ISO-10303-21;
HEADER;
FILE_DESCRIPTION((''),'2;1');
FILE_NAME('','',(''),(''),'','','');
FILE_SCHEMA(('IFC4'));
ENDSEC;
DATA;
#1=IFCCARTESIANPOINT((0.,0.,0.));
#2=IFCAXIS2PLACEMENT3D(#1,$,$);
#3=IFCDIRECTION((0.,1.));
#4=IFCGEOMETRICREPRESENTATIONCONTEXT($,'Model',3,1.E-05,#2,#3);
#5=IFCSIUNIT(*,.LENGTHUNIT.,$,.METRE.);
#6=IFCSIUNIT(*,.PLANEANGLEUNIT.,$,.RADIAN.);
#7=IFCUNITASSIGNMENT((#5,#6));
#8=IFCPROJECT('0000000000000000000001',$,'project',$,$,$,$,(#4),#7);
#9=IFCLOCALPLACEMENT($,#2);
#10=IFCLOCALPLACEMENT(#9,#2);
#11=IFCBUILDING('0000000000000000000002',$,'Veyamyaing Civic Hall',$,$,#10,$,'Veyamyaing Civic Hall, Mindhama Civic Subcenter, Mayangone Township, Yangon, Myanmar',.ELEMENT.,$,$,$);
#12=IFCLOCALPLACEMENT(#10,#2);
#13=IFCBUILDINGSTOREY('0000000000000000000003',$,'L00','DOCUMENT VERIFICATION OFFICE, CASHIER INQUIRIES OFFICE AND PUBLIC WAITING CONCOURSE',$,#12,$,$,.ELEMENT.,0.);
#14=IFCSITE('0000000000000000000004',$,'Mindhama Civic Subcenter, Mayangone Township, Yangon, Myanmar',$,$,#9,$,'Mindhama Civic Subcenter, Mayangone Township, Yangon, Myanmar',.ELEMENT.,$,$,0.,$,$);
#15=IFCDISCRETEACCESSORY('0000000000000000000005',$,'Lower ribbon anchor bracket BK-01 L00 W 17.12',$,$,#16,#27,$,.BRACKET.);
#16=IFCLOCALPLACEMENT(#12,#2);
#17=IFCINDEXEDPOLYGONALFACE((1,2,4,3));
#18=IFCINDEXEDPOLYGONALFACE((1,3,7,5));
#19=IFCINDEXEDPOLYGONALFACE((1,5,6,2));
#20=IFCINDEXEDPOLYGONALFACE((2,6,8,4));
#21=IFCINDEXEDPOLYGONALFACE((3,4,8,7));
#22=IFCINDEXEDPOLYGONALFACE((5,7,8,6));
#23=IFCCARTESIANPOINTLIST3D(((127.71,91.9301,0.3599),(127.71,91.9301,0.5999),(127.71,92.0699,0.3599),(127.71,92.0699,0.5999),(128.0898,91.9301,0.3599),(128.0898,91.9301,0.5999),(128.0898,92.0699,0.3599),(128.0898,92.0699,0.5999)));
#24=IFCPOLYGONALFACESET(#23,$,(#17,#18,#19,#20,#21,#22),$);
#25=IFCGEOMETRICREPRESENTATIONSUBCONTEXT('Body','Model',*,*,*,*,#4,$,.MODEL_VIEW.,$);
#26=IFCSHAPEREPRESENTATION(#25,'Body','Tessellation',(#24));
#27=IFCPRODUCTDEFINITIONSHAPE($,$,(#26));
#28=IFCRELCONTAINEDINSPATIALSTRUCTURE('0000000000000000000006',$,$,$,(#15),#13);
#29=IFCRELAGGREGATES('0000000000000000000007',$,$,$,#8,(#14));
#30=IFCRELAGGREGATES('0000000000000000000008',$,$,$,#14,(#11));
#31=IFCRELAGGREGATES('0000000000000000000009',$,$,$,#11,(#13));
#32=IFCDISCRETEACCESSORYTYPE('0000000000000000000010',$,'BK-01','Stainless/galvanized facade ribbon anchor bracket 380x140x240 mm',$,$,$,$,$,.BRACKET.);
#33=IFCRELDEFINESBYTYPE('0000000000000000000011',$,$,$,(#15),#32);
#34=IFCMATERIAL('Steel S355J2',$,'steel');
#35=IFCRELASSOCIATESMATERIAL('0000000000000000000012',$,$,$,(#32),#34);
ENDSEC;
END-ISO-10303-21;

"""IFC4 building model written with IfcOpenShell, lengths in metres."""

from ifc_helpers import new_model, si_unit, direction, frame, origin, origin_2d, place, context, subcontext, project, spatial, rectangle, extrude, material, type_object, element, save


model = new_model("IFC4")

# Units and contexts
model_context = context("Model", 3, precision=1e-05, world=origin(), true_north=direction((0.0, 1.0)))
body_context = subcontext(model_context, "Body", "Model", "MODEL_VIEW")
ifc_project = project(units=[si_unit("LENGTHUNIT", "METRE"), si_unit("PLANEANGLEUNIT", "RADIAN")], contexts=[model_context])

# Site, building, storey
site_placement = place(None, origin())
site = spatial("IfcSite", under=ifc_project, at=site_placement, Name="Mindhama Civic Subcenter, Mayangone Township, Yangon, Myanmar", LongName="Mindhama Civic Subcenter, Mayangone Township, Yangon, Myanmar", CompositionType="ELEMENT", RefElevation=0.0)
building_placement = place(site_placement, origin())
building = spatial("IfcBuilding", under=site, at=building_placement, Name="Veyamyaing Civic Hall", LongName="Veyamyaing Civic Hall, Mindhama Civic Subcenter, Mayangone Township, Yangon, Myanmar", CompositionType="ELEMENT")
storey_placement = place(building_placement, origin())
storey = spatial("IfcBuildingStorey", under=building, at=storey_placement, Name="L00", Description="DOCUMENT VERIFICATION OFFICE, CASHIER INQUIRIES OFFICE AND PUBLIC WAITING CONCOURSE", CompositionType="ELEMENT", Elevation=0.0)

# Discrete accessory
ifc_material_1 = material(Name="Steel S355J2", Category="steel")
discrete_accessory_type = type_object("IfcDiscreteAccessoryType", Name="BK-01", Description="Stainless/galvanized facade ribbon anchor bracket 380x140x240 mm", PredefinedType="BRACKET", material=ifc_material_1)
for number, where, z_axis, x_axis, name in (
    (1, (127.8999, 92.0, 0.3599), (0.0, 0.0, 1.0), (-1.0, 0.0, 0.0), "Lower ribbon anchor bracket BK-01 L00 W 17.12"),
):
    element("IfcDiscreteAccessory", number, at=place(storey_placement, frame(where, z_axis=z_axis, x_axis=x_axis)), inside=storey, type_object=discrete_accessory_type, Name=name, PredefinedType="BRACKET", context=body_context, shape_type="SweptSolid", body=[
        extrude(rectangle(XDim=0.3799, YDim=0.1399, at=origin_2d()), origin(), (0.0, 0.0, 1.0), 0.24),
    ])

save(model, "model.ifc")
